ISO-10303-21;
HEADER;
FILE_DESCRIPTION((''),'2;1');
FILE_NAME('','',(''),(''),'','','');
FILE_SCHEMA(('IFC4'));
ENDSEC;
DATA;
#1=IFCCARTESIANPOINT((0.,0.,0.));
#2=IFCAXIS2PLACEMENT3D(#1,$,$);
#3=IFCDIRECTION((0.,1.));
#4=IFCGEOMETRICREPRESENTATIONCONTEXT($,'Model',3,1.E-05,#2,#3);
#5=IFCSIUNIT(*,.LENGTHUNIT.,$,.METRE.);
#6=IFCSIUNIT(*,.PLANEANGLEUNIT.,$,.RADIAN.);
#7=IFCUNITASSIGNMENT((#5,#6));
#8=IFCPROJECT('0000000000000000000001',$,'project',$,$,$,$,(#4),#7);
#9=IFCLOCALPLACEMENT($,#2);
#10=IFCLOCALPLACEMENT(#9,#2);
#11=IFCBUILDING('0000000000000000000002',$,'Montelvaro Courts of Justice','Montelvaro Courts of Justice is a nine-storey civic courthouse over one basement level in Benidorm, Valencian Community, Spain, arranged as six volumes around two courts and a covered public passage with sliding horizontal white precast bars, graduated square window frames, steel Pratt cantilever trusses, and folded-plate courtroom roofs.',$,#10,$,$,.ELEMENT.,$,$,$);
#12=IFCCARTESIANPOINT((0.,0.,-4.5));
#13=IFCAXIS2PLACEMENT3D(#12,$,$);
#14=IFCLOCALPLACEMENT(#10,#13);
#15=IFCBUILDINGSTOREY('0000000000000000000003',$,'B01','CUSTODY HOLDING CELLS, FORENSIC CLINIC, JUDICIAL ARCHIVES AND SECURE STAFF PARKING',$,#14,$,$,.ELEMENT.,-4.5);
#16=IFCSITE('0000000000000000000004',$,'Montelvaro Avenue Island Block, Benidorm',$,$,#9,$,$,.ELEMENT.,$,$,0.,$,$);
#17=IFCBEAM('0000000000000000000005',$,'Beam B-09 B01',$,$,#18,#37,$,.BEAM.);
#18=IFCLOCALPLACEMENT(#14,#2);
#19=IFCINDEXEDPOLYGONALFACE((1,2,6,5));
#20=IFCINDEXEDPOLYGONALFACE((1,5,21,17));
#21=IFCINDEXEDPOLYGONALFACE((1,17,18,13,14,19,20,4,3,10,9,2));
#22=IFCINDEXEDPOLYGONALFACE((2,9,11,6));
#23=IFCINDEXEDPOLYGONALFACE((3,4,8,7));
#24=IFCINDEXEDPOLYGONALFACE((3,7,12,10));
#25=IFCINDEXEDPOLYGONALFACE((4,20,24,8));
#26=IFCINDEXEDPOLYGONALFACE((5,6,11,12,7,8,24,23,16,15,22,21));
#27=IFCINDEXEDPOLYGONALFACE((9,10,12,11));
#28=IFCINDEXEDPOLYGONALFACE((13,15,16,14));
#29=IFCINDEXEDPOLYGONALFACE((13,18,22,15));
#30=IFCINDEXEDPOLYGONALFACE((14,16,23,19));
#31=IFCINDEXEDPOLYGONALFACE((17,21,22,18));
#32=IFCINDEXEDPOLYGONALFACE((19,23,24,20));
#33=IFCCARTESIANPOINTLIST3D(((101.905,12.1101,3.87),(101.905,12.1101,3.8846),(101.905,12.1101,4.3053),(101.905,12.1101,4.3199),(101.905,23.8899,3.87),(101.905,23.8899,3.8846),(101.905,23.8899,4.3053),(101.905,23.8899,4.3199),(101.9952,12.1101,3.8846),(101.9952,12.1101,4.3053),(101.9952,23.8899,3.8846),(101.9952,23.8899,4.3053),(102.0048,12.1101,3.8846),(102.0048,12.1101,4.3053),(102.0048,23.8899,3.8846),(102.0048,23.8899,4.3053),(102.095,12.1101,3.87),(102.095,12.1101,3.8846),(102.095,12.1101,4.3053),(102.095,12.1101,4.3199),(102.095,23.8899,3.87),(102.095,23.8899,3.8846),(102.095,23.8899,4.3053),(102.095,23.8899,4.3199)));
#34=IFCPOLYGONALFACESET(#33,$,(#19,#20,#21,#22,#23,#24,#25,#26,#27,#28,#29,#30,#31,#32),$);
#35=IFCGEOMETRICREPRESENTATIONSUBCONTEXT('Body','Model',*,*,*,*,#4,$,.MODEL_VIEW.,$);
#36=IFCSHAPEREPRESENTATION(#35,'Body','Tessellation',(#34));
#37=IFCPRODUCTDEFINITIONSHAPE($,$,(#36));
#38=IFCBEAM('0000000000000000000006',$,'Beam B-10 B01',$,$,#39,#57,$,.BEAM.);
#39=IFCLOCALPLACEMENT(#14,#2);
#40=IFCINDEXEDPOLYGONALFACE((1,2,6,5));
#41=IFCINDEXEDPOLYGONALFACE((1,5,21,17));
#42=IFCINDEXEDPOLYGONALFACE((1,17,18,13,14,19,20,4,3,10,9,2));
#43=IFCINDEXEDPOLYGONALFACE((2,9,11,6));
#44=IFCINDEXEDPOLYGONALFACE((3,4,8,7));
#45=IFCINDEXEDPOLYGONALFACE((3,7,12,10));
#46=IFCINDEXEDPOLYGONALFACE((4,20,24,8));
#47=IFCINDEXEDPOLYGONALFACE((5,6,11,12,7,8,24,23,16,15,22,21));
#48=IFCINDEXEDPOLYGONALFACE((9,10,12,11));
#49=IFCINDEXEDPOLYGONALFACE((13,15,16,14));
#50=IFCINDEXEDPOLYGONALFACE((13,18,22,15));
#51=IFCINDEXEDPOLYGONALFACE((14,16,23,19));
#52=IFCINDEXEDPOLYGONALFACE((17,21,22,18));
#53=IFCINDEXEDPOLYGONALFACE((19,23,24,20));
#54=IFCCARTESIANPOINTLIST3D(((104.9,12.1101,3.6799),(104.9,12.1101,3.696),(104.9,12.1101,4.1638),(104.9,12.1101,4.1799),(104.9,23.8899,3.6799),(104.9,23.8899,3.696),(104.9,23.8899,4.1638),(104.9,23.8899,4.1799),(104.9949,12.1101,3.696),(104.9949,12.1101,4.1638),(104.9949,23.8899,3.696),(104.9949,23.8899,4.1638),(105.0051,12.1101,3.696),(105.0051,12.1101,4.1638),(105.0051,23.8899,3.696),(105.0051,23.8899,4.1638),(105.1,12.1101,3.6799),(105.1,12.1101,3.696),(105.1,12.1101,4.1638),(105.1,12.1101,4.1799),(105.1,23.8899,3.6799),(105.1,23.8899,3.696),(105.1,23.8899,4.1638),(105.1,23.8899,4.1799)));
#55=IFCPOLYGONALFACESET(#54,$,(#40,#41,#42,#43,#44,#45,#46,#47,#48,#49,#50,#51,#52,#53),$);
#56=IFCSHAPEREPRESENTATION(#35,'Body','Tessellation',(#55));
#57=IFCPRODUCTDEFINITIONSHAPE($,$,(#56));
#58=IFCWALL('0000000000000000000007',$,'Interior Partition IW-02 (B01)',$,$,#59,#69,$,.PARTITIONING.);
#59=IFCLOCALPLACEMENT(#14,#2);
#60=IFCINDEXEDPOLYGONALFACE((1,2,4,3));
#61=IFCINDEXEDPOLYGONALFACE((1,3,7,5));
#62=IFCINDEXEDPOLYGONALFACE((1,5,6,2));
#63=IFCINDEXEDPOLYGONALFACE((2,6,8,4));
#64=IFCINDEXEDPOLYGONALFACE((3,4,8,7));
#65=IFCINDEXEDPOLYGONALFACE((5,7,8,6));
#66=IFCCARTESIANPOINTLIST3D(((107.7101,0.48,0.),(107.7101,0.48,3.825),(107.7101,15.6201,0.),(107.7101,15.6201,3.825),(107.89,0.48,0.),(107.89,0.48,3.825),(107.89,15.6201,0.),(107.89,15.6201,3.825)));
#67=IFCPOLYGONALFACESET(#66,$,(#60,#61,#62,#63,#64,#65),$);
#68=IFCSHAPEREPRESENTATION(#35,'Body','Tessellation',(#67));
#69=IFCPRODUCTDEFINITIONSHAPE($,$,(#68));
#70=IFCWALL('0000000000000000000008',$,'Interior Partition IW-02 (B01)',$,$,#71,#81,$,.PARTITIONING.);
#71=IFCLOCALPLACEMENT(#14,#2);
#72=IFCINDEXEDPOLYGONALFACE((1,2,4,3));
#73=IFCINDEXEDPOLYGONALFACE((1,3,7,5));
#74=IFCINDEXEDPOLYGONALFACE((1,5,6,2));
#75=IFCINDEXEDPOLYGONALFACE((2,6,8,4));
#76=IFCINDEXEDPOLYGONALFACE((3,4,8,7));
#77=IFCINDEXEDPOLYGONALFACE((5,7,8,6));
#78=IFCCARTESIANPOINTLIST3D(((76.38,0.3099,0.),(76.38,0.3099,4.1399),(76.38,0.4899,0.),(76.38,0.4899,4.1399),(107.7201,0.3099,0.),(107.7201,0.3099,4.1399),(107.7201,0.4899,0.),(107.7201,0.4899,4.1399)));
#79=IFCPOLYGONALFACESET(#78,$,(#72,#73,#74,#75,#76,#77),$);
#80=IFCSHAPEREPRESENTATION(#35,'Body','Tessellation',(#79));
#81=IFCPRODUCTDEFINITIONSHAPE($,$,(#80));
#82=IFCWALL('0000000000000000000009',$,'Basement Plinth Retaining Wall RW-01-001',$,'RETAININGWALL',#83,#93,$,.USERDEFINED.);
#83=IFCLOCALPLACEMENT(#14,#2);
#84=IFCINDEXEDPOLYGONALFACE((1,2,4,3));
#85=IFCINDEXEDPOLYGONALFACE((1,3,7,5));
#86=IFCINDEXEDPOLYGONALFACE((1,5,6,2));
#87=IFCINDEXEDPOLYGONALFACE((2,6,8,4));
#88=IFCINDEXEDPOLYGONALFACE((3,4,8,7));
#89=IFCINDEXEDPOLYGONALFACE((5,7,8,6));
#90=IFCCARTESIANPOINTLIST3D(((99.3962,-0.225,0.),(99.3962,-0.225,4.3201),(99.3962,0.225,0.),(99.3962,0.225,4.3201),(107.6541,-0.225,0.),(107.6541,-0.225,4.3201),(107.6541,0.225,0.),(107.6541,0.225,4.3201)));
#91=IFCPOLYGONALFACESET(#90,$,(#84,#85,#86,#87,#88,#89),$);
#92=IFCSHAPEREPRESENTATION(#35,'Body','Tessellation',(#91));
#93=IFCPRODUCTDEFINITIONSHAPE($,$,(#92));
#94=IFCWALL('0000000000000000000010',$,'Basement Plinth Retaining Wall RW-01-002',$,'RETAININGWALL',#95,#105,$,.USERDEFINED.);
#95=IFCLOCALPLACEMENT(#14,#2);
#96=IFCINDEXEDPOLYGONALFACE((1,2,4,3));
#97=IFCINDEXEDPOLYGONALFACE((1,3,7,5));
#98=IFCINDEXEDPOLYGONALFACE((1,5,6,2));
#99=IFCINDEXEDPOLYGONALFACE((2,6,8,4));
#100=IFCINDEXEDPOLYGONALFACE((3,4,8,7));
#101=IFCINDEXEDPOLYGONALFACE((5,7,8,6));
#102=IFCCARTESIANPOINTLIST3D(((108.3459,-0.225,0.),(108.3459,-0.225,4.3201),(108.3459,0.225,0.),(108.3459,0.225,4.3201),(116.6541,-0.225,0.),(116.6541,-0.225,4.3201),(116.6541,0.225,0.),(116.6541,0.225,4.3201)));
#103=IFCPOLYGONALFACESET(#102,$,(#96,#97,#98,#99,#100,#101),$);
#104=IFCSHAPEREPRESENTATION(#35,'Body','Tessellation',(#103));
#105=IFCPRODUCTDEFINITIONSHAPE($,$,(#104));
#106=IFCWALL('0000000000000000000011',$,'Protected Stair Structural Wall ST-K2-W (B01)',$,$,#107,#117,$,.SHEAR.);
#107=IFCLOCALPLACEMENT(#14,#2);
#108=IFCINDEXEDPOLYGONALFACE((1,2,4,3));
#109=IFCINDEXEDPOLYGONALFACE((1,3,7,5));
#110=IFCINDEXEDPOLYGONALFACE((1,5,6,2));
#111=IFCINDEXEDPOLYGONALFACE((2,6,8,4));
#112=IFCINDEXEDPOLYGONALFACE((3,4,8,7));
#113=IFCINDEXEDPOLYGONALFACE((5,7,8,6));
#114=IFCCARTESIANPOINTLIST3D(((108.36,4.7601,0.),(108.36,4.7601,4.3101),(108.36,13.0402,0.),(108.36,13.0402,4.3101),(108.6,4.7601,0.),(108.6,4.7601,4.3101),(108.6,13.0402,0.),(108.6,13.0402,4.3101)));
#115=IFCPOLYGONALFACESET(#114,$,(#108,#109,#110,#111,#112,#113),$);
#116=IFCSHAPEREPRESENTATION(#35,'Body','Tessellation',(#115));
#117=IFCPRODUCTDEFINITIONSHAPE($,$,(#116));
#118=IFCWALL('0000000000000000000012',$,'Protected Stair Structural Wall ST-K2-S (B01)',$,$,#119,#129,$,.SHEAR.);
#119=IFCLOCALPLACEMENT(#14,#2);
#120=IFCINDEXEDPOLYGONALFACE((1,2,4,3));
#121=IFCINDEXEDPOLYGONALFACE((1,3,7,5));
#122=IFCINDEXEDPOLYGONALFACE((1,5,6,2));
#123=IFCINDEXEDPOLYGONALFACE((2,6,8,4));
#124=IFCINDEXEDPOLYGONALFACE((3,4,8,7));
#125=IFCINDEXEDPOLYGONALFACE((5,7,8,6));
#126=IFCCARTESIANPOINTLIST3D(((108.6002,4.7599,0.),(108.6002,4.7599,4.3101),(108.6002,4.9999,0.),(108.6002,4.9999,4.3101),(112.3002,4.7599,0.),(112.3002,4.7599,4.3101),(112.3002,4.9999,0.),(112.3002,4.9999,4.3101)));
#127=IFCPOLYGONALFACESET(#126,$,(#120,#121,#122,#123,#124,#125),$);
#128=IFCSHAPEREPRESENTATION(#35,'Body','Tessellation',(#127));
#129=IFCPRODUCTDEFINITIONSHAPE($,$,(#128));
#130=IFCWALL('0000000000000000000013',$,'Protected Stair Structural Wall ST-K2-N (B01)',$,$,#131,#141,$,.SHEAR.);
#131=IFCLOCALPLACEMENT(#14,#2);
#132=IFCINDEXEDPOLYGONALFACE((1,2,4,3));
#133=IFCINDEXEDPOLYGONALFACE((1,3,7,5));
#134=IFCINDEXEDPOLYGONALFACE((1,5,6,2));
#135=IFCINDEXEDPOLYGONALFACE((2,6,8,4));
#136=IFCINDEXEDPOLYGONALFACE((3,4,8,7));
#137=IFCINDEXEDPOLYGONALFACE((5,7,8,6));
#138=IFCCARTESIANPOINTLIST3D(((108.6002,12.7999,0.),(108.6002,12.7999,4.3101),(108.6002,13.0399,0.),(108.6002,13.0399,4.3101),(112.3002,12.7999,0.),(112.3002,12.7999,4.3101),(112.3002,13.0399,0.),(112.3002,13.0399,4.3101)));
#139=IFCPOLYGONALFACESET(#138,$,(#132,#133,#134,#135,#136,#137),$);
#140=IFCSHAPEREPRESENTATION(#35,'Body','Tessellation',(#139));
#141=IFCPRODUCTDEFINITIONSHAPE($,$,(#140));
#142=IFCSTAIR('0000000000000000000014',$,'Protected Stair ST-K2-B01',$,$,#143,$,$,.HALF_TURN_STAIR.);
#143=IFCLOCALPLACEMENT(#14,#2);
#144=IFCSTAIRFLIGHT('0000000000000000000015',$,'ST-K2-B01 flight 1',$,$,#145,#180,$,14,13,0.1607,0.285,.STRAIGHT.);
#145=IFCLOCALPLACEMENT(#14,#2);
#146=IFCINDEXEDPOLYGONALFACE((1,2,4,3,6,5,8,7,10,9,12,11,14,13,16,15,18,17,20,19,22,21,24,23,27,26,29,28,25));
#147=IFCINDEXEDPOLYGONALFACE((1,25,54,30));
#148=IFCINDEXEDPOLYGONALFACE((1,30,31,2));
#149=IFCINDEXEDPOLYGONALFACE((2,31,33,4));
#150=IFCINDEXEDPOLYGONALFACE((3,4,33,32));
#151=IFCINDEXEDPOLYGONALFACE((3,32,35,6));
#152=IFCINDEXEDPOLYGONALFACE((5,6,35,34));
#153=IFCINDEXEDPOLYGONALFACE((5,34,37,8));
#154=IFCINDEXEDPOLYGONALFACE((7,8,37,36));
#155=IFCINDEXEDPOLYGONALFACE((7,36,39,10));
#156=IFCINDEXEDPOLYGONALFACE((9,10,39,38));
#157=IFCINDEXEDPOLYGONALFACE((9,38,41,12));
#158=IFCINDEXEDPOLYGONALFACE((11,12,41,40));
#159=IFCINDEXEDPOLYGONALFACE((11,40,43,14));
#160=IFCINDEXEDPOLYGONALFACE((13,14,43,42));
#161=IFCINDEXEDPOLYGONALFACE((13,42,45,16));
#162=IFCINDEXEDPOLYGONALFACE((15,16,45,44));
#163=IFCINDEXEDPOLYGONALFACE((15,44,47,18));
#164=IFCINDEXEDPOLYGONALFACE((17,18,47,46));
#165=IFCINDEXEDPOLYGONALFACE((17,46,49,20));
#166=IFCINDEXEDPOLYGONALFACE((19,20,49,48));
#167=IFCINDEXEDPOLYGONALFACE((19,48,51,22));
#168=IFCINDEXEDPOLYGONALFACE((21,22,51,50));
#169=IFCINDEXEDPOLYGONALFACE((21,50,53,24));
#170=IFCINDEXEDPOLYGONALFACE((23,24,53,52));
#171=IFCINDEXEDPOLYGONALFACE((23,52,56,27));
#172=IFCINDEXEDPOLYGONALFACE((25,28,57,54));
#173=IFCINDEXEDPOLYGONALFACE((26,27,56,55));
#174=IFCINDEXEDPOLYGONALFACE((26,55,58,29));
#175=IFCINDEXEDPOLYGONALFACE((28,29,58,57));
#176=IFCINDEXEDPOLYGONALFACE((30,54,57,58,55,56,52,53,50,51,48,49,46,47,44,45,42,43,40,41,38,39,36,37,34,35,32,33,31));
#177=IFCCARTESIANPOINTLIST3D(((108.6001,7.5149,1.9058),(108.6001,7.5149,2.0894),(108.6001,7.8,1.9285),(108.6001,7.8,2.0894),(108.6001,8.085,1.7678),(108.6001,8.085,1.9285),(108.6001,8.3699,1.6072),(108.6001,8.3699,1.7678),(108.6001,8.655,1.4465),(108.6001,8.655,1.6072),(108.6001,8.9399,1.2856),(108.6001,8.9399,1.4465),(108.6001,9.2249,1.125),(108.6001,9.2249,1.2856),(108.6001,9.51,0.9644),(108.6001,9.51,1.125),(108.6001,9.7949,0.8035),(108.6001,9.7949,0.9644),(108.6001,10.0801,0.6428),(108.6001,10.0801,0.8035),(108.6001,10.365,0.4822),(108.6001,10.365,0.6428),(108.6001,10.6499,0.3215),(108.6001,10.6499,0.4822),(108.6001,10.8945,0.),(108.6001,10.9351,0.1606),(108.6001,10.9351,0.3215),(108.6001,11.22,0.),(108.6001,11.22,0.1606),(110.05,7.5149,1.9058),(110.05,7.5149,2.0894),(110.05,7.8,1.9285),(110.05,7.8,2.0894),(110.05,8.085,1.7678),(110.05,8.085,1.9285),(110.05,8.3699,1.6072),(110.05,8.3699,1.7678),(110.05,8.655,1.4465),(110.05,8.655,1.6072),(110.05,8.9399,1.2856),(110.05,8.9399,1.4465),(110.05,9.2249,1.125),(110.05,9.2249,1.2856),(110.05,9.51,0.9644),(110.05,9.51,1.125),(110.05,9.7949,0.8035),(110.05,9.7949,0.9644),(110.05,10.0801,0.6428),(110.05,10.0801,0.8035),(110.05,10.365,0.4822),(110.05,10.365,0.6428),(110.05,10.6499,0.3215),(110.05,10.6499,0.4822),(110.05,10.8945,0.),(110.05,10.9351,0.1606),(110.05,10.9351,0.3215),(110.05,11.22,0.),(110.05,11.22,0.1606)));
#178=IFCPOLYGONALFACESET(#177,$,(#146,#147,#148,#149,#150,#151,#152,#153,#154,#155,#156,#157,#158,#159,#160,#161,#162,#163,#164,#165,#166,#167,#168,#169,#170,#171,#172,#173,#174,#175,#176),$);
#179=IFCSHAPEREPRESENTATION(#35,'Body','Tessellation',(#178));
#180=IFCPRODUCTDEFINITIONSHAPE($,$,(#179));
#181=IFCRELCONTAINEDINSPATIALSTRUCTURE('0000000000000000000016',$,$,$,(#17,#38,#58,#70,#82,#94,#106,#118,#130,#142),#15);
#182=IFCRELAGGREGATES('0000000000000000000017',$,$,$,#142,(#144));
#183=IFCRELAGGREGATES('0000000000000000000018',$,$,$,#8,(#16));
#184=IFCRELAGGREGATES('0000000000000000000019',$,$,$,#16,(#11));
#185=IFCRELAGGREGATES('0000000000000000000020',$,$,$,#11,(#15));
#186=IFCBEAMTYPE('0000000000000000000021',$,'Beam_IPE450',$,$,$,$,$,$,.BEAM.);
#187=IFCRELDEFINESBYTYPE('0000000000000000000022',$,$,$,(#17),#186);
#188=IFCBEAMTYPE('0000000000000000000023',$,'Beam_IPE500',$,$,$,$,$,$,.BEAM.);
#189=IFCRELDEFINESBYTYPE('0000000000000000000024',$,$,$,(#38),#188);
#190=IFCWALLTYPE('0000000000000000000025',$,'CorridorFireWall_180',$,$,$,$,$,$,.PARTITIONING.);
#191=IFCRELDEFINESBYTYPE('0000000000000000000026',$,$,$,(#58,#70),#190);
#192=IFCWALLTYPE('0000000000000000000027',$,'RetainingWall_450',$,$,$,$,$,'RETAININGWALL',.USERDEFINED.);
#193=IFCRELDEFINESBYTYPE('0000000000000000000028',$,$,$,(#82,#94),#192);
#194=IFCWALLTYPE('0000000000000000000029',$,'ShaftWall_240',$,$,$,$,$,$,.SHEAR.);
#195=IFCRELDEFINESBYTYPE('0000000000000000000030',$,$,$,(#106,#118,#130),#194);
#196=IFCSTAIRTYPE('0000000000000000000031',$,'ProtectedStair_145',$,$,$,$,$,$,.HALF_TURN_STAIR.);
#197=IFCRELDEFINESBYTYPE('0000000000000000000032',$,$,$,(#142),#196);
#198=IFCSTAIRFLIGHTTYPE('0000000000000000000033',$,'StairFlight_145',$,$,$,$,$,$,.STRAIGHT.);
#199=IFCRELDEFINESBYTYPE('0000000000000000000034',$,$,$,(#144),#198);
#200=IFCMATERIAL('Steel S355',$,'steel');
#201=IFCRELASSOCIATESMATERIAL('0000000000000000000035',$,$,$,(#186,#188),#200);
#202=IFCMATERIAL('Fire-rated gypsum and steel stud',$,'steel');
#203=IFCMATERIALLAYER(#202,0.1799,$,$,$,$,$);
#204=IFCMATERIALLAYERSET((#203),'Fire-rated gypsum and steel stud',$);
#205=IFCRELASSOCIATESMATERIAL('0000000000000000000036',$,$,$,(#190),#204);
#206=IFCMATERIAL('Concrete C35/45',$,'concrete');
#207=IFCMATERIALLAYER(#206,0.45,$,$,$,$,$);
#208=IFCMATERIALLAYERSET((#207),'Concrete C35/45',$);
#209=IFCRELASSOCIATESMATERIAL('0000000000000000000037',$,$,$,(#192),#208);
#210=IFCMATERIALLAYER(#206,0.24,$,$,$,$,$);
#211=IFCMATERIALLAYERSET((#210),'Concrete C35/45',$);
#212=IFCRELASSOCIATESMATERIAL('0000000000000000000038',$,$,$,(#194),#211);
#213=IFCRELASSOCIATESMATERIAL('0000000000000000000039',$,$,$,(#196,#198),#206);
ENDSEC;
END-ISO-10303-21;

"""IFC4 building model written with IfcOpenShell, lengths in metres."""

from ifc_helpers import new_model, si_unit, direction, frame, frame_2d, origin, origin_2d, place, context, subcontext, project, spatial, polyline, rectangle, i_section, outline, extrude, material, layer, layer_set, material_profile, profile_set, type_object, element, aggregate, save


model = new_model("IFC4")

# Units and contexts
model_context = context("Model", 3, precision=1e-05, world=origin(), true_north=direction((0.0, 1.0)))
body_context = subcontext(model_context, "Body", "Model", "MODEL_VIEW")
ifc_project = project(units=[si_unit("LENGTHUNIT", "METRE"), si_unit("PLANEANGLEUNIT", "RADIAN")], contexts=[model_context])

# Site, building, storey
site_placement = place(None, origin())
site = spatial("IfcSite", under=ifc_project, at=site_placement, Name="Montelvaro Avenue Island Block, Benidorm", CompositionType="ELEMENT", RefElevation=0.0)
building_placement = place(site_placement, origin())
building = spatial("IfcBuilding", under=site, at=building_placement, Name="Montelvaro Courts of Justice", Description="Montelvaro Courts of Justice is a nine-storey civic courthouse over one basement level in Benidorm, Valencian Community, Spain, arranged as six volumes around two courts and a covered public passage with sliding horizontal white precast bars, graduated square window frames, steel Pratt cantilever trusses, and folded-plate courtroom roofs.", CompositionType="ELEMENT")
storey_placement = place(building_placement, frame((0.0, 0.0, -4.5)))
storey = spatial("IfcBuildingStorey", under=building, at=storey_placement, Name="B01", Description="CUSTODY HOLDING CELLS, FORENSIC CLINIC, JUDICIAL ARCHIVES AND SECURE STAFF PARKING", CompositionType="ELEMENT", Elevation=-4.5)

# Shared definitions
ifc_material_1 = material(Name="Concrete C35/45", Category="concrete")

# Beams
ifc_material_2 = material(Name="Steel S355", Category="steel")
ifc_material_profile_1 = material_profile(ifc_material_2, i_section(OverallWidth=0.1899, OverallDepth=0.45, WebThickness=0.0095, FlangeThickness=0.0146, at=origin_2d()), Name="IPE 450")
ifc_profile_set_1 = profile_set([ifc_material_profile_1], Name="Steel S355")
beam_type_1 = type_object("IfcBeamType", Name="Beam_IPE450", PredefinedType="BEAM", material=ifc_profile_set_1)
for number, where, z_axis, x_axis, name in (
    (1, (102.0, 12.1101, 4.095), (0.0, 1.0, 0.0), (-1.0, 0.0, 0.0), "Beam B-09 B01"),
):
    element("IfcBeam", number, at=place(storey_placement, frame(where, z_axis=z_axis, x_axis=x_axis)), inside=storey, type_object=beam_type_1, Name=name, PredefinedType="BEAM", context=body_context, shape_type="SweptSolid", body=[
        extrude(i_section(OverallWidth=0.1899, OverallDepth=0.45, WebThickness=0.0095, FlangeThickness=0.0146, at=origin_2d()), origin(), (0.0, 0.0, 1.0), 11.7798),
    ])
ifc_material_profile_2 = material_profile(ifc_material_2, i_section(OverallWidth=0.2, OverallDepth=0.5, WebThickness=0.0103, FlangeThickness=0.0161, at=origin_2d()), Name="IPE 500")
ifc_profile_set_2 = profile_set([ifc_material_profile_2], Name="Steel S355")
beam_type_2 = type_object("IfcBeamType", Name="Beam_IPE500", PredefinedType="BEAM", material=ifc_profile_set_2)
beam_1_placement = place(storey_placement, frame((105.0, 12.1101, 3.9299), z_axis=(0.0, 1.0, 0.0), x_axis=(-1.0, 0.0, 0.0)))
element("IfcBeam", 2, at=beam_1_placement, inside=storey, type_object=beam_type_2, Name="Beam B-10 B01", PredefinedType="BEAM", context=body_context, shape_type="SweptSolid", body=[
    extrude(i_section(OverallWidth=0.2, OverallDepth=0.5, WebThickness=0.0103, FlangeThickness=0.0161, at=origin_2d()), origin(), (0.0, 0.0, 1.0), 11.7798),
])

# Walls
ifc_material_3 = material(Name="Fire-rated gypsum and steel stud", Category="steel")
ifc_layer_1 = layer(ifc_material_3, 0.1799)
ifc_layer_set_1 = layer_set([ifc_layer_1], Name="Fire-rated gypsum and steel stud")
wall_type_1 = type_object("IfcWallType", Name="CorridorFireWall_180", PredefinedType="PARTITIONING", material=ifc_layer_set_1)
wall_1_placement = place(storey_placement, frame((107.8, 15.6201, 0.0), z_axis=(0.0, 0.0, 1.0), x_axis=(0.0, -1.0, 0.0)))
element("IfcWall", 3, at=wall_1_placement, inside=storey, type_object=wall_type_1, Name="Interior Partition IW-02 (B01)", PredefinedType="PARTITIONING", context=body_context, shape_type="SweptSolid", body=[
    extrude(rectangle(XDim=15.1401, YDim=0.1799, at=frame_2d((7.5701, 0.0))), origin(), (0.0, 0.0, 1.0), 3.825),
])
wall_2_placement = place(storey_placement, frame((107.72, 0.3999, 0.0), z_axis=(0.0, 0.0, 1.0), x_axis=(-1.0, 0.0, 0.0)))
element("IfcWall", 4, at=wall_2_placement, inside=storey, type_object=wall_type_1, Name="Interior Partition IW-02 (B01)", PredefinedType="PARTITIONING", context=body_context, shape_type="SweptSolid", body=[
    extrude(rectangle(XDim=31.3401, YDim=0.1799, at=frame_2d((15.6699, 0.0))), origin(), (0.0, 0.0, 1.0), 4.1399),
])
ifc_layer_2 = layer(ifc_material_1, 0.45)
ifc_layer_set_2 = layer_set([ifc_layer_2], Name="Concrete C35/45")
wall_type_2 = type_object("IfcWallType", Name="RetainingWall_450", ElementType="RETAININGWALL", PredefinedType="USERDEFINED", material=ifc_layer_set_2)
wall_3_placement = place(storey_placement, frame((99.3962, 0.0, 0.0), z_axis=(0.0, 0.0, 1.0), x_axis=(1.0, 0.0, 0.0)))
element("IfcWall", 5, at=wall_3_placement, inside=storey, type_object=wall_type_2, Name="Basement Plinth Retaining Wall RW-01-001", ObjectType="RETAININGWALL", PredefinedType="USERDEFINED", context=body_context, shape_type="SweptSolid", body=[
    extrude(rectangle(XDim=8.2578, YDim=0.45, at=frame_2d((4.1289, 0.0))), origin(), (0.0, 0.0, 1.0), 4.3201),
])
wall_4_placement = place(storey_placement, frame((108.3459, 0.0, 0.0), z_axis=(0.0, 0.0, 1.0), x_axis=(1.0, 0.0, 0.0)))
element("IfcWall", 6, at=wall_4_placement, inside=storey, type_object=wall_type_2, Name="Basement Plinth Retaining Wall RW-01-002", ObjectType="RETAININGWALL", PredefinedType="USERDEFINED", context=body_context, shape_type="SweptSolid", body=[
    extrude(rectangle(XDim=8.3081, YDim=0.45, at=frame_2d((4.1541, 0.0))), origin(), (0.0, 0.0, 1.0), 4.3201),
])
ifc_layer_3 = layer(ifc_material_1, 0.24)
ifc_layer_set_3 = layer_set([ifc_layer_3], Name="Concrete C35/45")
wall_type_3 = type_object("IfcWallType", Name="ShaftWall_240", PredefinedType="SHEAR", material=ifc_layer_set_3)
wall_5_placement = place(storey_placement, frame((108.48, 4.76, 0.0), z_axis=(0.0, 0.0, 1.0), x_axis=(0.0, 1.0, 0.0)))
element("IfcWall", 7, at=wall_5_placement, inside=storey, type_object=wall_type_3, Name="Protected Stair Structural Wall ST-K2-W (B01)", PredefinedType="SHEAR", context=body_context, shape_type="SweptSolid", body=[
    extrude(rectangle(XDim=8.28, YDim=0.24, at=frame_2d((4.1401, 0.0))), origin(), (0.0, 0.0, 1.0), 4.3101),
])
for number, where, z_axis, x_axis, name in (
    (8, (108.6001, 4.8799, 0.0), (0.0, 0.0, 1.0), (1.0, 0.0, 0.0), "Protected Stair Structural Wall ST-K2-S (B01)"),
    (9, (108.6001, 12.9199, 0.0), (0.0, 0.0, 1.0), (1.0, 0.0, 0.0), "Protected Stair Structural Wall ST-K2-N (B01)"),
):
    element("IfcWall", number, at=place(storey_placement, frame(where, z_axis=z_axis, x_axis=x_axis)), inside=storey, type_object=wall_type_3, Name=name, PredefinedType="SHEAR", context=body_context, shape_type="SweptSolid", body=[
        extrude(rectangle(XDim=3.7, YDim=0.24, at=frame_2d((1.8501, 0.0))), origin(), (0.0, 0.0, 1.0), 4.3101),
    ])

# Stair, stair flight
stair_type = type_object("IfcStairType", Name="ProtectedStair_145", PredefinedType="HALF_TURN_STAIR", material=ifc_material_1)
stair_placement = place(storey_placement, origin())
stair = element("IfcStair", 10, at=stair_placement, inside=storey, type_object=stair_type, Name="Protected Stair ST-K2-B01", PredefinedType="HALF_TURN_STAIR")
stair_flight_type = type_object("IfcStairFlightType", Name="StairFlight_145", PredefinedType="STRAIGHT", material=ifc_material_1)
stair_flight_placement = place(storey_placement, frame((109.325, 11.22, 0.0), z_axis=(0.0, 0.0, 1.0), x_axis=(0.0, -1.0, 0.0)))
stair_flight = element("IfcStairFlight", 11, at=stair_flight_placement, type_object=stair_flight_type, Name="ST-K2-B01 flight 1", NumberOfRisers=14, NumberOfTreads=13, PredefinedType="STRAIGHT", RiserHeight=0.1607, TreadLength=0.285, context=body_context, shape_type="SweptSolid", body=[
    extrude(outline(polyline([(0.0, 0.0), (0.0, 0.1606), (0.2849, 0.1606), (0.2849, 0.3215), (0.5701, 0.3215), (0.5701, 0.4822), (0.855, 0.4822), (0.855, 0.6428), (1.1399, 0.6428), (1.1399, 0.8035), (1.425, 0.8035), (1.425, 0.9644), (1.71, 0.9644), (1.71, 1.125), (1.9951, 1.125), (1.9951, 1.2856), (2.28, 1.2856), (2.28, 1.4465), (2.5649, 1.4465), (2.5649, 1.6072), (2.8501, 1.6072), (2.8501, 1.7678), (3.135, 1.7678), (3.135, 1.9285), (3.4199, 1.9285), (3.4199, 2.0894), (3.7051, 2.0894), (3.7051, 2.25), (3.7051, 1.9058), (0.3254, 0.0), (0.0, 0.0)])), frame((0.0, 0.7251, 0.0), z_axis=(0.0, -1.0, 0.0), x_axis=(1.0, 0.0, 0.0)), (0.0, 0.0, 1.0), 1.45),
])
aggregate(stair, [stair_flight])

save(model, "model.ifc")
